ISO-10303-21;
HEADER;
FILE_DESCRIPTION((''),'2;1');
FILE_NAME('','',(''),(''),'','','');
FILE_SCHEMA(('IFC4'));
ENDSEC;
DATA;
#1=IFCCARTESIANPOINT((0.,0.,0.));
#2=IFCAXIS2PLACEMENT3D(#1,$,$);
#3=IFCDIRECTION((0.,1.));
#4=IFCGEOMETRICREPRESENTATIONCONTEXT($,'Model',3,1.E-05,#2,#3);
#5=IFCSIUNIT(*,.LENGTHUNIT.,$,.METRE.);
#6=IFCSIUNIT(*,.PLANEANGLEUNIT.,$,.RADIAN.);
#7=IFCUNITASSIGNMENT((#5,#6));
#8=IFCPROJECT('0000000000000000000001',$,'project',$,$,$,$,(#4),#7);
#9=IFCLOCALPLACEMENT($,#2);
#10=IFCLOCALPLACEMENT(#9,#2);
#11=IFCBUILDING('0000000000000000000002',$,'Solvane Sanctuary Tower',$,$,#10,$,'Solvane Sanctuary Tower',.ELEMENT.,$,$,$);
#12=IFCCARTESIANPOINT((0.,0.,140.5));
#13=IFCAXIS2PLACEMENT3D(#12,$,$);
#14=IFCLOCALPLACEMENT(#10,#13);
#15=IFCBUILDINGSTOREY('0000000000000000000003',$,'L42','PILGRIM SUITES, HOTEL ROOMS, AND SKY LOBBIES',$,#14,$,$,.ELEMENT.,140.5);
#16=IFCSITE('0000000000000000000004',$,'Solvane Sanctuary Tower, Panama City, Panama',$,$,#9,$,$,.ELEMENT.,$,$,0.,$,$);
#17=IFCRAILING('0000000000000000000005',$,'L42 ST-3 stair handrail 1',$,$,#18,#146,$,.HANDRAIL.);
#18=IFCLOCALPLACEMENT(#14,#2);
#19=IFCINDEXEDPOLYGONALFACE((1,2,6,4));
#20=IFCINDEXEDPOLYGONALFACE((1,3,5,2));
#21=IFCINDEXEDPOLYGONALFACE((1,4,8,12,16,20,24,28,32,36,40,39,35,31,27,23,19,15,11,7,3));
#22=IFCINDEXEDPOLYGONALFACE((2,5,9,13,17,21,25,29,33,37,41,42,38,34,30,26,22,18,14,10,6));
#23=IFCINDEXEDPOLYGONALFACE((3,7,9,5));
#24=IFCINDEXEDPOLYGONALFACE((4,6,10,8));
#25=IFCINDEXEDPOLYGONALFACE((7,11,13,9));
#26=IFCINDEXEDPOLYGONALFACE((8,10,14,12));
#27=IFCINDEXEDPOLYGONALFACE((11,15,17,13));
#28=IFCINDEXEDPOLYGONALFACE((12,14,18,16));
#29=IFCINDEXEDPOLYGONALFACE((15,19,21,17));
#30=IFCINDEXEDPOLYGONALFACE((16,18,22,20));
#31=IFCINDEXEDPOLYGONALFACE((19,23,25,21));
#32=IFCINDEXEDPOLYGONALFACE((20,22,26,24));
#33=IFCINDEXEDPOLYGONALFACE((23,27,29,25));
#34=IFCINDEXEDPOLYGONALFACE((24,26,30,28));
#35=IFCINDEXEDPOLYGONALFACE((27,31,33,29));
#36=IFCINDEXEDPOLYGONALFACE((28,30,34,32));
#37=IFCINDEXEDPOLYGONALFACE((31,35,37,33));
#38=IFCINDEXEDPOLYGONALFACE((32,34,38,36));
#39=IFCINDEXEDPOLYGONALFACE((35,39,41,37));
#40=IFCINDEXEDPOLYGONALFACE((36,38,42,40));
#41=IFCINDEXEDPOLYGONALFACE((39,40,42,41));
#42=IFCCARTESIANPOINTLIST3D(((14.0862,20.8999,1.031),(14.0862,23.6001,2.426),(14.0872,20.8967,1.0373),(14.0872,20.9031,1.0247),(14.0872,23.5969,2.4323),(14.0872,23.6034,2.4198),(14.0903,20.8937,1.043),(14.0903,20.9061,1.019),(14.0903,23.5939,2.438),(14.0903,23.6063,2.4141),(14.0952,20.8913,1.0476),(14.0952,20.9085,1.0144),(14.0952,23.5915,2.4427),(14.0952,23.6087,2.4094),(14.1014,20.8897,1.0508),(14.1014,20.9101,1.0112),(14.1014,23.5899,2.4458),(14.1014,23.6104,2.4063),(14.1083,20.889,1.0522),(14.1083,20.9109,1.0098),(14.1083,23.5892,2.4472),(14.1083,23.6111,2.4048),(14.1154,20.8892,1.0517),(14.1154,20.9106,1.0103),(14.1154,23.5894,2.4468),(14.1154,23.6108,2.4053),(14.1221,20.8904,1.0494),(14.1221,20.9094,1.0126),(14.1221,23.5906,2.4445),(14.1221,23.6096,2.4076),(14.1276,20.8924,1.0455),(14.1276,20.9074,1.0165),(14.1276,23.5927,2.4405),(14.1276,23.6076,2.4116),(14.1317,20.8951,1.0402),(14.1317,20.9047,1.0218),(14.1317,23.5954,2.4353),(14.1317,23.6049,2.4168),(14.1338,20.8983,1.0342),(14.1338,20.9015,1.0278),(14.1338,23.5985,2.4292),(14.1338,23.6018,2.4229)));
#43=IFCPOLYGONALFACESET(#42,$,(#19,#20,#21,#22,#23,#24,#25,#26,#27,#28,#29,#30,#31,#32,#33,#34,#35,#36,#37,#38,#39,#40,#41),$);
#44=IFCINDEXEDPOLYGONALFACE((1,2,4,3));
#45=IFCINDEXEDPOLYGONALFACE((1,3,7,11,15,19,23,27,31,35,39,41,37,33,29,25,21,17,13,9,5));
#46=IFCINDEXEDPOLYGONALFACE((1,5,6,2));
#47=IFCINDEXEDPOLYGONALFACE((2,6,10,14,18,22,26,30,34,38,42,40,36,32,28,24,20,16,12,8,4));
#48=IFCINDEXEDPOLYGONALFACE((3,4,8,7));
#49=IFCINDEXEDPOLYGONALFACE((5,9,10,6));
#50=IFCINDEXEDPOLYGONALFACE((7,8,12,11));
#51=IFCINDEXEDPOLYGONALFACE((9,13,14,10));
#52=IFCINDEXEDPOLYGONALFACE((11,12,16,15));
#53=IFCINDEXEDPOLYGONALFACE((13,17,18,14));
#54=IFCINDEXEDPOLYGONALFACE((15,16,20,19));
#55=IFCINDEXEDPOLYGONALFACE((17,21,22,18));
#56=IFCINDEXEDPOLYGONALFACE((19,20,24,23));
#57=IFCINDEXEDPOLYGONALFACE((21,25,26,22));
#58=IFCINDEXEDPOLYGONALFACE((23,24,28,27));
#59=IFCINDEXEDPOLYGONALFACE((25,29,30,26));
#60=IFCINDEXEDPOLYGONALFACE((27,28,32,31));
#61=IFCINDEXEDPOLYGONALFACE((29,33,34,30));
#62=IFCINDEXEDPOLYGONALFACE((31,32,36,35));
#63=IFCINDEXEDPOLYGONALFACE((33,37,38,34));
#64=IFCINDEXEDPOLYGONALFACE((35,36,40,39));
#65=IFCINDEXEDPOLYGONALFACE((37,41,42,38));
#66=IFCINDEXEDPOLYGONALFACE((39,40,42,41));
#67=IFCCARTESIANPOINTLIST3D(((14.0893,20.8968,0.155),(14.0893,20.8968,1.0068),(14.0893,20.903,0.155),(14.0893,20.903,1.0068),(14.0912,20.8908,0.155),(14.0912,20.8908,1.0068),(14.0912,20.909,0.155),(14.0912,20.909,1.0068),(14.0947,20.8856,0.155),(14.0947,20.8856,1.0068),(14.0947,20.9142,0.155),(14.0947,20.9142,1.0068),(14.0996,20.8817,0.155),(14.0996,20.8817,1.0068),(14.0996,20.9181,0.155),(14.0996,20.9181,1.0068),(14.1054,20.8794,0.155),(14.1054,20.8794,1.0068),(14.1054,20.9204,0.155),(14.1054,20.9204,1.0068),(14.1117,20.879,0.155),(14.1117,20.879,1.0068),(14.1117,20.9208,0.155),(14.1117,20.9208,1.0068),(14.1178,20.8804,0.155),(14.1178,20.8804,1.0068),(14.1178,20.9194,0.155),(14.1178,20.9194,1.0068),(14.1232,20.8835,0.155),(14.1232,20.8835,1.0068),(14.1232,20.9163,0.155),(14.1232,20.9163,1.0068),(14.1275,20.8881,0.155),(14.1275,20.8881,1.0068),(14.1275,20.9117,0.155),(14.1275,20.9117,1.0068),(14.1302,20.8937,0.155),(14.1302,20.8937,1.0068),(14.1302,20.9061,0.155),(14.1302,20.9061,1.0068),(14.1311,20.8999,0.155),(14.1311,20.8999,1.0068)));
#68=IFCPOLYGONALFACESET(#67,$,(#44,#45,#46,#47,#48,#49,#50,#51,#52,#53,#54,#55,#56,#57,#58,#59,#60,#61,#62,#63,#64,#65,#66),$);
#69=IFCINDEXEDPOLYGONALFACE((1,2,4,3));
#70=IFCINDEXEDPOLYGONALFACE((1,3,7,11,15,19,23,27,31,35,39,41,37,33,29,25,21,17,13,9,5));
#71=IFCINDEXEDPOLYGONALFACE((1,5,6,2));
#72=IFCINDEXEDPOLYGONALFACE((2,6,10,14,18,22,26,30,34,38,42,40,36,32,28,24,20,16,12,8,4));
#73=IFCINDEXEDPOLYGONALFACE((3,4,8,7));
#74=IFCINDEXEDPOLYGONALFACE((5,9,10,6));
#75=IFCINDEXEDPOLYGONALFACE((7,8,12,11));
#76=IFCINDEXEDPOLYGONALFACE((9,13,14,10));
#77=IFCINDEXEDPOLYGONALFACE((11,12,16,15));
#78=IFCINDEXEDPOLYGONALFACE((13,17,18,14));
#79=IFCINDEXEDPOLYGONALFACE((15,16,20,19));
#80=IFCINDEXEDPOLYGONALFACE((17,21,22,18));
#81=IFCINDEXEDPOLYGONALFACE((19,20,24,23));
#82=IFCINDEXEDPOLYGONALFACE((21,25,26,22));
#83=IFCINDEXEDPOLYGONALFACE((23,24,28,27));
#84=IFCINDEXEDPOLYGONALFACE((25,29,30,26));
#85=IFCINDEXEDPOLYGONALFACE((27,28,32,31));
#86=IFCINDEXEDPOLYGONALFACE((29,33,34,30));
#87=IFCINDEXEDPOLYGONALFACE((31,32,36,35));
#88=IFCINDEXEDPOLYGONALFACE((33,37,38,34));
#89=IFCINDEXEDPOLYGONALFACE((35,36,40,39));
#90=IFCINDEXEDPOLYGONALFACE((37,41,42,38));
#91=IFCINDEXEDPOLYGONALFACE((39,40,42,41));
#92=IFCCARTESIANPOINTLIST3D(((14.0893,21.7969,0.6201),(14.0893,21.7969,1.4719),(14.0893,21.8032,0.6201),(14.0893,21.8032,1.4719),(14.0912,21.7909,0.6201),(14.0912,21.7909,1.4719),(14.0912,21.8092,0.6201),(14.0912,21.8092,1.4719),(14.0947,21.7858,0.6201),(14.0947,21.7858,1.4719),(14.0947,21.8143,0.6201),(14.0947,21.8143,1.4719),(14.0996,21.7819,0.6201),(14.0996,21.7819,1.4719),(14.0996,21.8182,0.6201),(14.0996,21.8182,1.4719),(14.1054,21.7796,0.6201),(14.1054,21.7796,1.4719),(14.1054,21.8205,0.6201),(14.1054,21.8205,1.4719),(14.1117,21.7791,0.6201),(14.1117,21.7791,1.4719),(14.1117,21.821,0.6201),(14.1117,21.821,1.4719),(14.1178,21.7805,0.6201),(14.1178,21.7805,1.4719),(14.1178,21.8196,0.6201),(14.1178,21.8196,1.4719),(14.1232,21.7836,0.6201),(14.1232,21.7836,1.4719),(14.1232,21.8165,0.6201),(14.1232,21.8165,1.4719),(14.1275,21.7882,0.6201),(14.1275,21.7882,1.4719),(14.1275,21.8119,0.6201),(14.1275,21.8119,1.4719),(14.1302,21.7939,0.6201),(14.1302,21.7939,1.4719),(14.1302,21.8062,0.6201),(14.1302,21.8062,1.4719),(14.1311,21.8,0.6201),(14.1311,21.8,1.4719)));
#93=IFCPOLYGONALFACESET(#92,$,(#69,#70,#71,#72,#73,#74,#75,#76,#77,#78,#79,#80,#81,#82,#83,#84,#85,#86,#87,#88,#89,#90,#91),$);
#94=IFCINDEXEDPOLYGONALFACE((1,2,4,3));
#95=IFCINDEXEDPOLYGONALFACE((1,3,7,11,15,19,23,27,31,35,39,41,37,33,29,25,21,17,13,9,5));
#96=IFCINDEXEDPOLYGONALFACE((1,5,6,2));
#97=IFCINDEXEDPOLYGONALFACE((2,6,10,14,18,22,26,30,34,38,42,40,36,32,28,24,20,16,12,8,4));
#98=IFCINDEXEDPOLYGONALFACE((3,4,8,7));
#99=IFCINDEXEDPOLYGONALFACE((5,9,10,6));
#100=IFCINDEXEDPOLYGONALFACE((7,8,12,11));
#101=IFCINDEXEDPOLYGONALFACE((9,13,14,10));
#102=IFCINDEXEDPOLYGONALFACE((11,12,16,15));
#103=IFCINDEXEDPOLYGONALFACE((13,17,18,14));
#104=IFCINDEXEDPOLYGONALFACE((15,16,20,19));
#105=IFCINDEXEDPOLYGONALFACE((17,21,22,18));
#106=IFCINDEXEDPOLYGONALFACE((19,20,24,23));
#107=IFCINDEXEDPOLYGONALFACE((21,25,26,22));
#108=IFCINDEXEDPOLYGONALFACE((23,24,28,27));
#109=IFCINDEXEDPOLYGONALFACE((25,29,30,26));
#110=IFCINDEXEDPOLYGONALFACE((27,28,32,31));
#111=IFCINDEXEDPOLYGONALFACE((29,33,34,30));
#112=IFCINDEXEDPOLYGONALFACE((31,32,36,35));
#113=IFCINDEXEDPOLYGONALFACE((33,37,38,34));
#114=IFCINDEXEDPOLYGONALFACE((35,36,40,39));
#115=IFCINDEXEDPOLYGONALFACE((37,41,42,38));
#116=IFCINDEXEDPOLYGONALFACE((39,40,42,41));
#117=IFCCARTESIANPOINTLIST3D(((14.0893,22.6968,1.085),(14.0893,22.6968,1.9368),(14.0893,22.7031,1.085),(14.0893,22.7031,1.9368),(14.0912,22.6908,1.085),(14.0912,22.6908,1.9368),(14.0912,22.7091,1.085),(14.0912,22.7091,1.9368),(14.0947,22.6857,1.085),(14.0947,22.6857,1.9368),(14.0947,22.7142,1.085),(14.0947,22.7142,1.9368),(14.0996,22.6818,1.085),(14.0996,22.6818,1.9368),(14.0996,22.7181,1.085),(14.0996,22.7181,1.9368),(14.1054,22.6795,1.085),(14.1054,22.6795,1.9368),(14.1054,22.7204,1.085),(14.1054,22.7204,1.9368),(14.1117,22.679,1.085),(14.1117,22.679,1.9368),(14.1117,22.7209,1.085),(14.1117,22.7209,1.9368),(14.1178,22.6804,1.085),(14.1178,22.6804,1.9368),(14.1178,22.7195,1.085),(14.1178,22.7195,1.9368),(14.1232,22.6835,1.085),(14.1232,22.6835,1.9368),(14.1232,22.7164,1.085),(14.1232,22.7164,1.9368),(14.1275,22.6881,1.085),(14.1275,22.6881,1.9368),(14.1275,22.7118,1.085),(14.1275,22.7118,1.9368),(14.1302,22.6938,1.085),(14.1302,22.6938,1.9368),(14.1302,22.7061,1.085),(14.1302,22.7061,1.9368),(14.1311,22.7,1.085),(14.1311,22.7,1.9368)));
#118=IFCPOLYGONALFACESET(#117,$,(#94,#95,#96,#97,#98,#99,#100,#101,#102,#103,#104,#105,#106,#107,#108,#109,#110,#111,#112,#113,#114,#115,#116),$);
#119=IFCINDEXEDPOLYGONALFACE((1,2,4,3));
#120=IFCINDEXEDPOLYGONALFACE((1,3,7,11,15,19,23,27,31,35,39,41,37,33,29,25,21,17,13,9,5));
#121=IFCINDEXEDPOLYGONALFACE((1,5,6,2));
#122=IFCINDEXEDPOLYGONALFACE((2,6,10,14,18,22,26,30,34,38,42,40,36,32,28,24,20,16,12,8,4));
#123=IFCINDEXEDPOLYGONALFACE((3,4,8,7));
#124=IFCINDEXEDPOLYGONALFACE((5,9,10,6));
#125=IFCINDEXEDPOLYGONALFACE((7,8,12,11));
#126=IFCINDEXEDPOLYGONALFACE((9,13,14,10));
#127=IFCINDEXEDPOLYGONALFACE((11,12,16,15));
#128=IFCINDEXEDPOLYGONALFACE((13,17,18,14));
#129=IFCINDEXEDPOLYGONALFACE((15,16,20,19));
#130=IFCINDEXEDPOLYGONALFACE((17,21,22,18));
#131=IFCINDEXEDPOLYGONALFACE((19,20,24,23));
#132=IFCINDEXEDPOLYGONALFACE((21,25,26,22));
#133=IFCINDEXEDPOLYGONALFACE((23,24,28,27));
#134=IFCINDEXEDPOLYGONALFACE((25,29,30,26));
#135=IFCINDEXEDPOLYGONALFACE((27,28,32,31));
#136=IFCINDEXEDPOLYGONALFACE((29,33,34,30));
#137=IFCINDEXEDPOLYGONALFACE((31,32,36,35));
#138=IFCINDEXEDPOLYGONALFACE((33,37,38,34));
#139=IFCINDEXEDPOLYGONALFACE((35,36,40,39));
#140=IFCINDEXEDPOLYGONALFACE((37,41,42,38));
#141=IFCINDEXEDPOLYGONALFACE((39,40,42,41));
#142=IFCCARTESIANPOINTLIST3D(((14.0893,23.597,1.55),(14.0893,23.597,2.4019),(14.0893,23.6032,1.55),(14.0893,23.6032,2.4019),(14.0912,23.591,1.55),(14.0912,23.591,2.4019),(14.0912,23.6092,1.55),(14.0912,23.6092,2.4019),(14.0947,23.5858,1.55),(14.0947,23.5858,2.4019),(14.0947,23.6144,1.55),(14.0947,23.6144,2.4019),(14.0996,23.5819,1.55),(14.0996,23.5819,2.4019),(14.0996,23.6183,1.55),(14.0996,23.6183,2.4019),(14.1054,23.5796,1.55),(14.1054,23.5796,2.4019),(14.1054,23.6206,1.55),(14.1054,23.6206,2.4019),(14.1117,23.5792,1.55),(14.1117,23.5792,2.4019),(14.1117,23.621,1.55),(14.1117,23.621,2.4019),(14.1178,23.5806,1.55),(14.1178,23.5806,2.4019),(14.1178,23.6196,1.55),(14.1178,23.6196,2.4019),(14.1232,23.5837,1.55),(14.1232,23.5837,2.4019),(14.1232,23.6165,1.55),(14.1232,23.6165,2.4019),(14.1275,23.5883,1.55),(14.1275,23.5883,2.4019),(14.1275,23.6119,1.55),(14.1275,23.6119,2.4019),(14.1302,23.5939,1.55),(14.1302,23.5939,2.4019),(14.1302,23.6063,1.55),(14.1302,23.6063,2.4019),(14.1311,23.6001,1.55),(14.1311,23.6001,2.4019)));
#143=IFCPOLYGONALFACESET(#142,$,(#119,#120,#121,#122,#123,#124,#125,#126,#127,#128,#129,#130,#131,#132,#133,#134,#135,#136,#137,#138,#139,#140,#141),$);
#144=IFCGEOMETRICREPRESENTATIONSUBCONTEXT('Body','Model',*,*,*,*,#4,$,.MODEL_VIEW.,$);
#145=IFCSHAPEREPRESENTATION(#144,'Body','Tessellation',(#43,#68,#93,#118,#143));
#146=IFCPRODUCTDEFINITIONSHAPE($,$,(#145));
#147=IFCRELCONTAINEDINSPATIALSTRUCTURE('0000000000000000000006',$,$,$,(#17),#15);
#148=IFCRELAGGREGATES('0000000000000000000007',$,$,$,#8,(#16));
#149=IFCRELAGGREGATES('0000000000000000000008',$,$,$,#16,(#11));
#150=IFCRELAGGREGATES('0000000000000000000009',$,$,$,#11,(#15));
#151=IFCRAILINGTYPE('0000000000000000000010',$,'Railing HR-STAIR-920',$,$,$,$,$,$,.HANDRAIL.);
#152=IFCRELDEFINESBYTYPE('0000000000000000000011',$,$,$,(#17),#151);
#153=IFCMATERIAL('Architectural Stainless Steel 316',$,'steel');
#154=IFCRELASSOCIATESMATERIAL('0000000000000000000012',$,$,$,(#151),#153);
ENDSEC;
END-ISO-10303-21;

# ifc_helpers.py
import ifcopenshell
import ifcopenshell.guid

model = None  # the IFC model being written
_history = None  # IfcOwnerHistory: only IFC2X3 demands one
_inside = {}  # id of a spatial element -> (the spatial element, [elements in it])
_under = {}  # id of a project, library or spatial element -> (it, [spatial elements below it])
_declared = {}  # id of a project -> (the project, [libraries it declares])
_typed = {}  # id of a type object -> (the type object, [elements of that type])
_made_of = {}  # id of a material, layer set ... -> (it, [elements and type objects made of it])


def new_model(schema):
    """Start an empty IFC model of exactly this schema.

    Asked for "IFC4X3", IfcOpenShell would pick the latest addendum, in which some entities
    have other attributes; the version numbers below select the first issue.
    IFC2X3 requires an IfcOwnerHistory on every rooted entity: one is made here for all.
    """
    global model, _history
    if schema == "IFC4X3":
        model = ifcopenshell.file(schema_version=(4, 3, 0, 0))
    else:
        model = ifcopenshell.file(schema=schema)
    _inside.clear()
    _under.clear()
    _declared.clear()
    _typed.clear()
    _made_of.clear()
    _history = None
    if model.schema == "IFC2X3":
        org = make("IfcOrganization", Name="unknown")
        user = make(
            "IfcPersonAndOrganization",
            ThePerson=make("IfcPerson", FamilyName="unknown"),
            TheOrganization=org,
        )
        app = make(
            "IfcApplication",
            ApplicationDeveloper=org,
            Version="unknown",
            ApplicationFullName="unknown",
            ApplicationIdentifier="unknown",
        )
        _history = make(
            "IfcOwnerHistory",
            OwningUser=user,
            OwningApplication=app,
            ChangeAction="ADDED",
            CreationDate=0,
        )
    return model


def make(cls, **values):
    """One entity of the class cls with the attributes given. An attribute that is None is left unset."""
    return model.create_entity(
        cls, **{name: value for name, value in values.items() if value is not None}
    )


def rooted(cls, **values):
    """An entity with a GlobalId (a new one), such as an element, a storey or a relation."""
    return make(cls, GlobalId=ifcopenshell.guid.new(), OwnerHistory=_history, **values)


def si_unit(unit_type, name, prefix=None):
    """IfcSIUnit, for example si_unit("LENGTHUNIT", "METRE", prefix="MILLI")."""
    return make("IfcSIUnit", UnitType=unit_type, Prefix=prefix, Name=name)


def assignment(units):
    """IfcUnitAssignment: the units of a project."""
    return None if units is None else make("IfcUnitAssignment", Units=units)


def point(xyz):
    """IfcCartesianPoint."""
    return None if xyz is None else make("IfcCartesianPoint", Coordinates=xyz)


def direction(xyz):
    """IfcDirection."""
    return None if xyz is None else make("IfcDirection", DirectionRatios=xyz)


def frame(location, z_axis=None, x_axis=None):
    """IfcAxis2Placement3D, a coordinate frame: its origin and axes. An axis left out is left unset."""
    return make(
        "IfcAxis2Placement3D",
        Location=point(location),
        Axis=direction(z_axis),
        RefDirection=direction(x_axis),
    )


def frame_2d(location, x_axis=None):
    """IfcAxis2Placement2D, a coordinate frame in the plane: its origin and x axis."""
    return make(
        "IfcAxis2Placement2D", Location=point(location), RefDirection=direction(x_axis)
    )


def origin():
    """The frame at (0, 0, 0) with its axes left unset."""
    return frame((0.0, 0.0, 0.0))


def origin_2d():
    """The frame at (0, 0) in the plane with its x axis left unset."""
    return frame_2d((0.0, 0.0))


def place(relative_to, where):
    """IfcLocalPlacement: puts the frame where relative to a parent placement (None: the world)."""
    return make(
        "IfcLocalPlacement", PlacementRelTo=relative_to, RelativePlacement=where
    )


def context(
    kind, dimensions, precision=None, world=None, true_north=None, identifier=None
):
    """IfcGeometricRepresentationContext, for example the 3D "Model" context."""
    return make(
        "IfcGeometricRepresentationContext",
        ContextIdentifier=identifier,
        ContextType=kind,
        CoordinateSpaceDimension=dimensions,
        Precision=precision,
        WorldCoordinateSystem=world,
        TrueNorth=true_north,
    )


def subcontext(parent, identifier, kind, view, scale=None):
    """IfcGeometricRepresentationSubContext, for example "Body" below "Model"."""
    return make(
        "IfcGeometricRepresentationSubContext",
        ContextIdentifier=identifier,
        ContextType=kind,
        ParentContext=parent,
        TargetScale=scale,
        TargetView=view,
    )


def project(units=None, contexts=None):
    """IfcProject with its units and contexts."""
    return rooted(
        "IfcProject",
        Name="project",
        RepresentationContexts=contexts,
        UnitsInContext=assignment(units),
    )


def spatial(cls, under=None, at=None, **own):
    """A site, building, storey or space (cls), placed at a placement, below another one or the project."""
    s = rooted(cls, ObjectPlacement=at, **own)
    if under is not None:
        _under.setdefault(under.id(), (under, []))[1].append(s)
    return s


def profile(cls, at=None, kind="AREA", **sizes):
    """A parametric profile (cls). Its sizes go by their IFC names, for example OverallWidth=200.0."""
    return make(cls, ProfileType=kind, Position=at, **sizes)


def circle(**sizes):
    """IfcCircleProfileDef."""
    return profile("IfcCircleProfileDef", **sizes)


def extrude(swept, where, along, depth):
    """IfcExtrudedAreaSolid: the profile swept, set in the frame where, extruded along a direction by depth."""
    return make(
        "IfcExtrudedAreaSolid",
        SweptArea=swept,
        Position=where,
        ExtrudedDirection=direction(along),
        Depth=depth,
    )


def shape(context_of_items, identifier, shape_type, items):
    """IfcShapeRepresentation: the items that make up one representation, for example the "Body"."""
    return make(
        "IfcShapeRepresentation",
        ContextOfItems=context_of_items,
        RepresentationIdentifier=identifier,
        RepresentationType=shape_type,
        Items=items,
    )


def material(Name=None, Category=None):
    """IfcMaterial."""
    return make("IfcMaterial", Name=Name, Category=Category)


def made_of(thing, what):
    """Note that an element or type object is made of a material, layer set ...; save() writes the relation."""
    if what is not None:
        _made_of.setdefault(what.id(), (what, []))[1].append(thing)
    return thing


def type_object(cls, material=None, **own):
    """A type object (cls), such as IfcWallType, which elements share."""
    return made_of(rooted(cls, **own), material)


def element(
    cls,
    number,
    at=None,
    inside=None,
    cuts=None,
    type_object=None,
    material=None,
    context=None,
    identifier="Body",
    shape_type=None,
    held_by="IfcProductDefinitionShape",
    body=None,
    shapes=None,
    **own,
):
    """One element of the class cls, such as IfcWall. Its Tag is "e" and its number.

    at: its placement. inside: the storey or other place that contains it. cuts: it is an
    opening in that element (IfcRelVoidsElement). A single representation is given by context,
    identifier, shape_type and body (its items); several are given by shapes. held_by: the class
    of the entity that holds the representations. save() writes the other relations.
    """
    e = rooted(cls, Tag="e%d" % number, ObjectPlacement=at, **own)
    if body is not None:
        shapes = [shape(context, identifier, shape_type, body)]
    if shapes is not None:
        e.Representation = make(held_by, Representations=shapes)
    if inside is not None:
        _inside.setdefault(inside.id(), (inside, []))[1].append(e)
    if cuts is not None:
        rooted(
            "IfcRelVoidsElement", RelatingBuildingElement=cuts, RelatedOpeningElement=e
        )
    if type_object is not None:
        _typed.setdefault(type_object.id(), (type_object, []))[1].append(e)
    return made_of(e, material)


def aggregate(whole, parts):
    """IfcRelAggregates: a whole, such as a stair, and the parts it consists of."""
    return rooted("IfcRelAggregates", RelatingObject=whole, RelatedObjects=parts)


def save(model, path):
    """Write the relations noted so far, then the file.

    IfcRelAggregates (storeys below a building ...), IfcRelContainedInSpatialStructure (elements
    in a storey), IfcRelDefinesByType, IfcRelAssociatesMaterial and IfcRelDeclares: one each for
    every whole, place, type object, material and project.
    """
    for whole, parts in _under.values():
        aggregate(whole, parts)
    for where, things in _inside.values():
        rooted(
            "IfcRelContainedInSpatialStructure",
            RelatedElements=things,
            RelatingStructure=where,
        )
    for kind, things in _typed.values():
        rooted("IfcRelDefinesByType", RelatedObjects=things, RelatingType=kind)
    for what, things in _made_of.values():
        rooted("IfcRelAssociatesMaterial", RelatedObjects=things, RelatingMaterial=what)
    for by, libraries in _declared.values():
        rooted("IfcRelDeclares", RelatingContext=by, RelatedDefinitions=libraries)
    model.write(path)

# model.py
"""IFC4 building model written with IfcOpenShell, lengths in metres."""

from ifc_helpers import new_model, si_unit, direction, frame, origin, origin_2d, place, context, subcontext, project, spatial, circle, extrude, material, type_object, element, save


model = new_model("IFC4")

# Units and contexts
model_context = context("Model", 3, precision=1e-05, world=origin(), true_north=direction((0.0, 1.0)))
body_context = subcontext(model_context, "Body", "Model", "MODEL_VIEW")
ifc_project = project(units=[si_unit("LENGTHUNIT", "METRE"), si_unit("PLANEANGLEUNIT", "RADIAN")], contexts=[model_context])

# Site, building, storey
site_placement = place(None, origin())
site = spatial("IfcSite", under=ifc_project, at=site_placement, Name="Solvane Sanctuary Tower, Panama City, Panama", CompositionType="ELEMENT", RefElevation=0.0)
building_placement = place(site_placement, origin())
building = spatial("IfcBuilding", under=site, at=building_placement, Name="Solvane Sanctuary Tower", LongName="Solvane Sanctuary Tower", CompositionType="ELEMENT")
storey_placement = place(building_placement, frame((0.0, 0.0, 140.5)))
storey = spatial("IfcBuildingStorey", under=building, at=storey_placement, Name="L42", Description="PILGRIM SUITES, HOTEL ROOMS, AND SKY LOBBIES", CompositionType="ELEMENT", Elevation=140.5)

# Shared definitions
ifc_material_1 = material(Name="Architectural Stainless Steel 316", Category="steel")

# Railing
railing_type_1 = type_object("IfcRailingType", Name="Railing HR-STAIR-920", PredefinedType="HANDRAIL", material=ifc_material_1)
railing_1_placement = place(storey_placement, frame((14.1101, 20.8999, 0.155)))
element("IfcRailing", 1, at=railing_1_placement, inside=storey, type_object=railing_type_1, Name="L42 ST-3 stair handrail 1", PredefinedType="HANDRAIL", context=body_context, shape_type="SweptSolid", body=[
    extrude(circle(Radius=0.0239, at=origin_2d()), frame((0.0, 0.0, 0.876), z_axis=(0.0, 0.888437, 0.458999), x_axis=(-1.0, 0.0, 0.0)), (0.0, 0.0, 1.0), 3.0393),
    extrude(circle(Radius=0.021, at=origin_2d()), origin(), (0.0, 0.0, 1.0), 0.8518),
    extrude(circle(Radius=0.021, at=origin_2d()), frame((0.0, 0.9001, 0.4651)), (0.0, 0.0, 1.0), 0.8518),
    extrude(circle(Radius=0.021, at=origin_2d()), frame((0.0, 1.8, 0.9299)), (0.0, 0.0, 1.0), 0.8518),
    extrude(circle(Radius=0.021, at=origin_2d()), frame((0.0, 2.7002, 1.395)), (0.0, 0.0, 1.0), 0.8518),
])

save(model, "model.ifc")
